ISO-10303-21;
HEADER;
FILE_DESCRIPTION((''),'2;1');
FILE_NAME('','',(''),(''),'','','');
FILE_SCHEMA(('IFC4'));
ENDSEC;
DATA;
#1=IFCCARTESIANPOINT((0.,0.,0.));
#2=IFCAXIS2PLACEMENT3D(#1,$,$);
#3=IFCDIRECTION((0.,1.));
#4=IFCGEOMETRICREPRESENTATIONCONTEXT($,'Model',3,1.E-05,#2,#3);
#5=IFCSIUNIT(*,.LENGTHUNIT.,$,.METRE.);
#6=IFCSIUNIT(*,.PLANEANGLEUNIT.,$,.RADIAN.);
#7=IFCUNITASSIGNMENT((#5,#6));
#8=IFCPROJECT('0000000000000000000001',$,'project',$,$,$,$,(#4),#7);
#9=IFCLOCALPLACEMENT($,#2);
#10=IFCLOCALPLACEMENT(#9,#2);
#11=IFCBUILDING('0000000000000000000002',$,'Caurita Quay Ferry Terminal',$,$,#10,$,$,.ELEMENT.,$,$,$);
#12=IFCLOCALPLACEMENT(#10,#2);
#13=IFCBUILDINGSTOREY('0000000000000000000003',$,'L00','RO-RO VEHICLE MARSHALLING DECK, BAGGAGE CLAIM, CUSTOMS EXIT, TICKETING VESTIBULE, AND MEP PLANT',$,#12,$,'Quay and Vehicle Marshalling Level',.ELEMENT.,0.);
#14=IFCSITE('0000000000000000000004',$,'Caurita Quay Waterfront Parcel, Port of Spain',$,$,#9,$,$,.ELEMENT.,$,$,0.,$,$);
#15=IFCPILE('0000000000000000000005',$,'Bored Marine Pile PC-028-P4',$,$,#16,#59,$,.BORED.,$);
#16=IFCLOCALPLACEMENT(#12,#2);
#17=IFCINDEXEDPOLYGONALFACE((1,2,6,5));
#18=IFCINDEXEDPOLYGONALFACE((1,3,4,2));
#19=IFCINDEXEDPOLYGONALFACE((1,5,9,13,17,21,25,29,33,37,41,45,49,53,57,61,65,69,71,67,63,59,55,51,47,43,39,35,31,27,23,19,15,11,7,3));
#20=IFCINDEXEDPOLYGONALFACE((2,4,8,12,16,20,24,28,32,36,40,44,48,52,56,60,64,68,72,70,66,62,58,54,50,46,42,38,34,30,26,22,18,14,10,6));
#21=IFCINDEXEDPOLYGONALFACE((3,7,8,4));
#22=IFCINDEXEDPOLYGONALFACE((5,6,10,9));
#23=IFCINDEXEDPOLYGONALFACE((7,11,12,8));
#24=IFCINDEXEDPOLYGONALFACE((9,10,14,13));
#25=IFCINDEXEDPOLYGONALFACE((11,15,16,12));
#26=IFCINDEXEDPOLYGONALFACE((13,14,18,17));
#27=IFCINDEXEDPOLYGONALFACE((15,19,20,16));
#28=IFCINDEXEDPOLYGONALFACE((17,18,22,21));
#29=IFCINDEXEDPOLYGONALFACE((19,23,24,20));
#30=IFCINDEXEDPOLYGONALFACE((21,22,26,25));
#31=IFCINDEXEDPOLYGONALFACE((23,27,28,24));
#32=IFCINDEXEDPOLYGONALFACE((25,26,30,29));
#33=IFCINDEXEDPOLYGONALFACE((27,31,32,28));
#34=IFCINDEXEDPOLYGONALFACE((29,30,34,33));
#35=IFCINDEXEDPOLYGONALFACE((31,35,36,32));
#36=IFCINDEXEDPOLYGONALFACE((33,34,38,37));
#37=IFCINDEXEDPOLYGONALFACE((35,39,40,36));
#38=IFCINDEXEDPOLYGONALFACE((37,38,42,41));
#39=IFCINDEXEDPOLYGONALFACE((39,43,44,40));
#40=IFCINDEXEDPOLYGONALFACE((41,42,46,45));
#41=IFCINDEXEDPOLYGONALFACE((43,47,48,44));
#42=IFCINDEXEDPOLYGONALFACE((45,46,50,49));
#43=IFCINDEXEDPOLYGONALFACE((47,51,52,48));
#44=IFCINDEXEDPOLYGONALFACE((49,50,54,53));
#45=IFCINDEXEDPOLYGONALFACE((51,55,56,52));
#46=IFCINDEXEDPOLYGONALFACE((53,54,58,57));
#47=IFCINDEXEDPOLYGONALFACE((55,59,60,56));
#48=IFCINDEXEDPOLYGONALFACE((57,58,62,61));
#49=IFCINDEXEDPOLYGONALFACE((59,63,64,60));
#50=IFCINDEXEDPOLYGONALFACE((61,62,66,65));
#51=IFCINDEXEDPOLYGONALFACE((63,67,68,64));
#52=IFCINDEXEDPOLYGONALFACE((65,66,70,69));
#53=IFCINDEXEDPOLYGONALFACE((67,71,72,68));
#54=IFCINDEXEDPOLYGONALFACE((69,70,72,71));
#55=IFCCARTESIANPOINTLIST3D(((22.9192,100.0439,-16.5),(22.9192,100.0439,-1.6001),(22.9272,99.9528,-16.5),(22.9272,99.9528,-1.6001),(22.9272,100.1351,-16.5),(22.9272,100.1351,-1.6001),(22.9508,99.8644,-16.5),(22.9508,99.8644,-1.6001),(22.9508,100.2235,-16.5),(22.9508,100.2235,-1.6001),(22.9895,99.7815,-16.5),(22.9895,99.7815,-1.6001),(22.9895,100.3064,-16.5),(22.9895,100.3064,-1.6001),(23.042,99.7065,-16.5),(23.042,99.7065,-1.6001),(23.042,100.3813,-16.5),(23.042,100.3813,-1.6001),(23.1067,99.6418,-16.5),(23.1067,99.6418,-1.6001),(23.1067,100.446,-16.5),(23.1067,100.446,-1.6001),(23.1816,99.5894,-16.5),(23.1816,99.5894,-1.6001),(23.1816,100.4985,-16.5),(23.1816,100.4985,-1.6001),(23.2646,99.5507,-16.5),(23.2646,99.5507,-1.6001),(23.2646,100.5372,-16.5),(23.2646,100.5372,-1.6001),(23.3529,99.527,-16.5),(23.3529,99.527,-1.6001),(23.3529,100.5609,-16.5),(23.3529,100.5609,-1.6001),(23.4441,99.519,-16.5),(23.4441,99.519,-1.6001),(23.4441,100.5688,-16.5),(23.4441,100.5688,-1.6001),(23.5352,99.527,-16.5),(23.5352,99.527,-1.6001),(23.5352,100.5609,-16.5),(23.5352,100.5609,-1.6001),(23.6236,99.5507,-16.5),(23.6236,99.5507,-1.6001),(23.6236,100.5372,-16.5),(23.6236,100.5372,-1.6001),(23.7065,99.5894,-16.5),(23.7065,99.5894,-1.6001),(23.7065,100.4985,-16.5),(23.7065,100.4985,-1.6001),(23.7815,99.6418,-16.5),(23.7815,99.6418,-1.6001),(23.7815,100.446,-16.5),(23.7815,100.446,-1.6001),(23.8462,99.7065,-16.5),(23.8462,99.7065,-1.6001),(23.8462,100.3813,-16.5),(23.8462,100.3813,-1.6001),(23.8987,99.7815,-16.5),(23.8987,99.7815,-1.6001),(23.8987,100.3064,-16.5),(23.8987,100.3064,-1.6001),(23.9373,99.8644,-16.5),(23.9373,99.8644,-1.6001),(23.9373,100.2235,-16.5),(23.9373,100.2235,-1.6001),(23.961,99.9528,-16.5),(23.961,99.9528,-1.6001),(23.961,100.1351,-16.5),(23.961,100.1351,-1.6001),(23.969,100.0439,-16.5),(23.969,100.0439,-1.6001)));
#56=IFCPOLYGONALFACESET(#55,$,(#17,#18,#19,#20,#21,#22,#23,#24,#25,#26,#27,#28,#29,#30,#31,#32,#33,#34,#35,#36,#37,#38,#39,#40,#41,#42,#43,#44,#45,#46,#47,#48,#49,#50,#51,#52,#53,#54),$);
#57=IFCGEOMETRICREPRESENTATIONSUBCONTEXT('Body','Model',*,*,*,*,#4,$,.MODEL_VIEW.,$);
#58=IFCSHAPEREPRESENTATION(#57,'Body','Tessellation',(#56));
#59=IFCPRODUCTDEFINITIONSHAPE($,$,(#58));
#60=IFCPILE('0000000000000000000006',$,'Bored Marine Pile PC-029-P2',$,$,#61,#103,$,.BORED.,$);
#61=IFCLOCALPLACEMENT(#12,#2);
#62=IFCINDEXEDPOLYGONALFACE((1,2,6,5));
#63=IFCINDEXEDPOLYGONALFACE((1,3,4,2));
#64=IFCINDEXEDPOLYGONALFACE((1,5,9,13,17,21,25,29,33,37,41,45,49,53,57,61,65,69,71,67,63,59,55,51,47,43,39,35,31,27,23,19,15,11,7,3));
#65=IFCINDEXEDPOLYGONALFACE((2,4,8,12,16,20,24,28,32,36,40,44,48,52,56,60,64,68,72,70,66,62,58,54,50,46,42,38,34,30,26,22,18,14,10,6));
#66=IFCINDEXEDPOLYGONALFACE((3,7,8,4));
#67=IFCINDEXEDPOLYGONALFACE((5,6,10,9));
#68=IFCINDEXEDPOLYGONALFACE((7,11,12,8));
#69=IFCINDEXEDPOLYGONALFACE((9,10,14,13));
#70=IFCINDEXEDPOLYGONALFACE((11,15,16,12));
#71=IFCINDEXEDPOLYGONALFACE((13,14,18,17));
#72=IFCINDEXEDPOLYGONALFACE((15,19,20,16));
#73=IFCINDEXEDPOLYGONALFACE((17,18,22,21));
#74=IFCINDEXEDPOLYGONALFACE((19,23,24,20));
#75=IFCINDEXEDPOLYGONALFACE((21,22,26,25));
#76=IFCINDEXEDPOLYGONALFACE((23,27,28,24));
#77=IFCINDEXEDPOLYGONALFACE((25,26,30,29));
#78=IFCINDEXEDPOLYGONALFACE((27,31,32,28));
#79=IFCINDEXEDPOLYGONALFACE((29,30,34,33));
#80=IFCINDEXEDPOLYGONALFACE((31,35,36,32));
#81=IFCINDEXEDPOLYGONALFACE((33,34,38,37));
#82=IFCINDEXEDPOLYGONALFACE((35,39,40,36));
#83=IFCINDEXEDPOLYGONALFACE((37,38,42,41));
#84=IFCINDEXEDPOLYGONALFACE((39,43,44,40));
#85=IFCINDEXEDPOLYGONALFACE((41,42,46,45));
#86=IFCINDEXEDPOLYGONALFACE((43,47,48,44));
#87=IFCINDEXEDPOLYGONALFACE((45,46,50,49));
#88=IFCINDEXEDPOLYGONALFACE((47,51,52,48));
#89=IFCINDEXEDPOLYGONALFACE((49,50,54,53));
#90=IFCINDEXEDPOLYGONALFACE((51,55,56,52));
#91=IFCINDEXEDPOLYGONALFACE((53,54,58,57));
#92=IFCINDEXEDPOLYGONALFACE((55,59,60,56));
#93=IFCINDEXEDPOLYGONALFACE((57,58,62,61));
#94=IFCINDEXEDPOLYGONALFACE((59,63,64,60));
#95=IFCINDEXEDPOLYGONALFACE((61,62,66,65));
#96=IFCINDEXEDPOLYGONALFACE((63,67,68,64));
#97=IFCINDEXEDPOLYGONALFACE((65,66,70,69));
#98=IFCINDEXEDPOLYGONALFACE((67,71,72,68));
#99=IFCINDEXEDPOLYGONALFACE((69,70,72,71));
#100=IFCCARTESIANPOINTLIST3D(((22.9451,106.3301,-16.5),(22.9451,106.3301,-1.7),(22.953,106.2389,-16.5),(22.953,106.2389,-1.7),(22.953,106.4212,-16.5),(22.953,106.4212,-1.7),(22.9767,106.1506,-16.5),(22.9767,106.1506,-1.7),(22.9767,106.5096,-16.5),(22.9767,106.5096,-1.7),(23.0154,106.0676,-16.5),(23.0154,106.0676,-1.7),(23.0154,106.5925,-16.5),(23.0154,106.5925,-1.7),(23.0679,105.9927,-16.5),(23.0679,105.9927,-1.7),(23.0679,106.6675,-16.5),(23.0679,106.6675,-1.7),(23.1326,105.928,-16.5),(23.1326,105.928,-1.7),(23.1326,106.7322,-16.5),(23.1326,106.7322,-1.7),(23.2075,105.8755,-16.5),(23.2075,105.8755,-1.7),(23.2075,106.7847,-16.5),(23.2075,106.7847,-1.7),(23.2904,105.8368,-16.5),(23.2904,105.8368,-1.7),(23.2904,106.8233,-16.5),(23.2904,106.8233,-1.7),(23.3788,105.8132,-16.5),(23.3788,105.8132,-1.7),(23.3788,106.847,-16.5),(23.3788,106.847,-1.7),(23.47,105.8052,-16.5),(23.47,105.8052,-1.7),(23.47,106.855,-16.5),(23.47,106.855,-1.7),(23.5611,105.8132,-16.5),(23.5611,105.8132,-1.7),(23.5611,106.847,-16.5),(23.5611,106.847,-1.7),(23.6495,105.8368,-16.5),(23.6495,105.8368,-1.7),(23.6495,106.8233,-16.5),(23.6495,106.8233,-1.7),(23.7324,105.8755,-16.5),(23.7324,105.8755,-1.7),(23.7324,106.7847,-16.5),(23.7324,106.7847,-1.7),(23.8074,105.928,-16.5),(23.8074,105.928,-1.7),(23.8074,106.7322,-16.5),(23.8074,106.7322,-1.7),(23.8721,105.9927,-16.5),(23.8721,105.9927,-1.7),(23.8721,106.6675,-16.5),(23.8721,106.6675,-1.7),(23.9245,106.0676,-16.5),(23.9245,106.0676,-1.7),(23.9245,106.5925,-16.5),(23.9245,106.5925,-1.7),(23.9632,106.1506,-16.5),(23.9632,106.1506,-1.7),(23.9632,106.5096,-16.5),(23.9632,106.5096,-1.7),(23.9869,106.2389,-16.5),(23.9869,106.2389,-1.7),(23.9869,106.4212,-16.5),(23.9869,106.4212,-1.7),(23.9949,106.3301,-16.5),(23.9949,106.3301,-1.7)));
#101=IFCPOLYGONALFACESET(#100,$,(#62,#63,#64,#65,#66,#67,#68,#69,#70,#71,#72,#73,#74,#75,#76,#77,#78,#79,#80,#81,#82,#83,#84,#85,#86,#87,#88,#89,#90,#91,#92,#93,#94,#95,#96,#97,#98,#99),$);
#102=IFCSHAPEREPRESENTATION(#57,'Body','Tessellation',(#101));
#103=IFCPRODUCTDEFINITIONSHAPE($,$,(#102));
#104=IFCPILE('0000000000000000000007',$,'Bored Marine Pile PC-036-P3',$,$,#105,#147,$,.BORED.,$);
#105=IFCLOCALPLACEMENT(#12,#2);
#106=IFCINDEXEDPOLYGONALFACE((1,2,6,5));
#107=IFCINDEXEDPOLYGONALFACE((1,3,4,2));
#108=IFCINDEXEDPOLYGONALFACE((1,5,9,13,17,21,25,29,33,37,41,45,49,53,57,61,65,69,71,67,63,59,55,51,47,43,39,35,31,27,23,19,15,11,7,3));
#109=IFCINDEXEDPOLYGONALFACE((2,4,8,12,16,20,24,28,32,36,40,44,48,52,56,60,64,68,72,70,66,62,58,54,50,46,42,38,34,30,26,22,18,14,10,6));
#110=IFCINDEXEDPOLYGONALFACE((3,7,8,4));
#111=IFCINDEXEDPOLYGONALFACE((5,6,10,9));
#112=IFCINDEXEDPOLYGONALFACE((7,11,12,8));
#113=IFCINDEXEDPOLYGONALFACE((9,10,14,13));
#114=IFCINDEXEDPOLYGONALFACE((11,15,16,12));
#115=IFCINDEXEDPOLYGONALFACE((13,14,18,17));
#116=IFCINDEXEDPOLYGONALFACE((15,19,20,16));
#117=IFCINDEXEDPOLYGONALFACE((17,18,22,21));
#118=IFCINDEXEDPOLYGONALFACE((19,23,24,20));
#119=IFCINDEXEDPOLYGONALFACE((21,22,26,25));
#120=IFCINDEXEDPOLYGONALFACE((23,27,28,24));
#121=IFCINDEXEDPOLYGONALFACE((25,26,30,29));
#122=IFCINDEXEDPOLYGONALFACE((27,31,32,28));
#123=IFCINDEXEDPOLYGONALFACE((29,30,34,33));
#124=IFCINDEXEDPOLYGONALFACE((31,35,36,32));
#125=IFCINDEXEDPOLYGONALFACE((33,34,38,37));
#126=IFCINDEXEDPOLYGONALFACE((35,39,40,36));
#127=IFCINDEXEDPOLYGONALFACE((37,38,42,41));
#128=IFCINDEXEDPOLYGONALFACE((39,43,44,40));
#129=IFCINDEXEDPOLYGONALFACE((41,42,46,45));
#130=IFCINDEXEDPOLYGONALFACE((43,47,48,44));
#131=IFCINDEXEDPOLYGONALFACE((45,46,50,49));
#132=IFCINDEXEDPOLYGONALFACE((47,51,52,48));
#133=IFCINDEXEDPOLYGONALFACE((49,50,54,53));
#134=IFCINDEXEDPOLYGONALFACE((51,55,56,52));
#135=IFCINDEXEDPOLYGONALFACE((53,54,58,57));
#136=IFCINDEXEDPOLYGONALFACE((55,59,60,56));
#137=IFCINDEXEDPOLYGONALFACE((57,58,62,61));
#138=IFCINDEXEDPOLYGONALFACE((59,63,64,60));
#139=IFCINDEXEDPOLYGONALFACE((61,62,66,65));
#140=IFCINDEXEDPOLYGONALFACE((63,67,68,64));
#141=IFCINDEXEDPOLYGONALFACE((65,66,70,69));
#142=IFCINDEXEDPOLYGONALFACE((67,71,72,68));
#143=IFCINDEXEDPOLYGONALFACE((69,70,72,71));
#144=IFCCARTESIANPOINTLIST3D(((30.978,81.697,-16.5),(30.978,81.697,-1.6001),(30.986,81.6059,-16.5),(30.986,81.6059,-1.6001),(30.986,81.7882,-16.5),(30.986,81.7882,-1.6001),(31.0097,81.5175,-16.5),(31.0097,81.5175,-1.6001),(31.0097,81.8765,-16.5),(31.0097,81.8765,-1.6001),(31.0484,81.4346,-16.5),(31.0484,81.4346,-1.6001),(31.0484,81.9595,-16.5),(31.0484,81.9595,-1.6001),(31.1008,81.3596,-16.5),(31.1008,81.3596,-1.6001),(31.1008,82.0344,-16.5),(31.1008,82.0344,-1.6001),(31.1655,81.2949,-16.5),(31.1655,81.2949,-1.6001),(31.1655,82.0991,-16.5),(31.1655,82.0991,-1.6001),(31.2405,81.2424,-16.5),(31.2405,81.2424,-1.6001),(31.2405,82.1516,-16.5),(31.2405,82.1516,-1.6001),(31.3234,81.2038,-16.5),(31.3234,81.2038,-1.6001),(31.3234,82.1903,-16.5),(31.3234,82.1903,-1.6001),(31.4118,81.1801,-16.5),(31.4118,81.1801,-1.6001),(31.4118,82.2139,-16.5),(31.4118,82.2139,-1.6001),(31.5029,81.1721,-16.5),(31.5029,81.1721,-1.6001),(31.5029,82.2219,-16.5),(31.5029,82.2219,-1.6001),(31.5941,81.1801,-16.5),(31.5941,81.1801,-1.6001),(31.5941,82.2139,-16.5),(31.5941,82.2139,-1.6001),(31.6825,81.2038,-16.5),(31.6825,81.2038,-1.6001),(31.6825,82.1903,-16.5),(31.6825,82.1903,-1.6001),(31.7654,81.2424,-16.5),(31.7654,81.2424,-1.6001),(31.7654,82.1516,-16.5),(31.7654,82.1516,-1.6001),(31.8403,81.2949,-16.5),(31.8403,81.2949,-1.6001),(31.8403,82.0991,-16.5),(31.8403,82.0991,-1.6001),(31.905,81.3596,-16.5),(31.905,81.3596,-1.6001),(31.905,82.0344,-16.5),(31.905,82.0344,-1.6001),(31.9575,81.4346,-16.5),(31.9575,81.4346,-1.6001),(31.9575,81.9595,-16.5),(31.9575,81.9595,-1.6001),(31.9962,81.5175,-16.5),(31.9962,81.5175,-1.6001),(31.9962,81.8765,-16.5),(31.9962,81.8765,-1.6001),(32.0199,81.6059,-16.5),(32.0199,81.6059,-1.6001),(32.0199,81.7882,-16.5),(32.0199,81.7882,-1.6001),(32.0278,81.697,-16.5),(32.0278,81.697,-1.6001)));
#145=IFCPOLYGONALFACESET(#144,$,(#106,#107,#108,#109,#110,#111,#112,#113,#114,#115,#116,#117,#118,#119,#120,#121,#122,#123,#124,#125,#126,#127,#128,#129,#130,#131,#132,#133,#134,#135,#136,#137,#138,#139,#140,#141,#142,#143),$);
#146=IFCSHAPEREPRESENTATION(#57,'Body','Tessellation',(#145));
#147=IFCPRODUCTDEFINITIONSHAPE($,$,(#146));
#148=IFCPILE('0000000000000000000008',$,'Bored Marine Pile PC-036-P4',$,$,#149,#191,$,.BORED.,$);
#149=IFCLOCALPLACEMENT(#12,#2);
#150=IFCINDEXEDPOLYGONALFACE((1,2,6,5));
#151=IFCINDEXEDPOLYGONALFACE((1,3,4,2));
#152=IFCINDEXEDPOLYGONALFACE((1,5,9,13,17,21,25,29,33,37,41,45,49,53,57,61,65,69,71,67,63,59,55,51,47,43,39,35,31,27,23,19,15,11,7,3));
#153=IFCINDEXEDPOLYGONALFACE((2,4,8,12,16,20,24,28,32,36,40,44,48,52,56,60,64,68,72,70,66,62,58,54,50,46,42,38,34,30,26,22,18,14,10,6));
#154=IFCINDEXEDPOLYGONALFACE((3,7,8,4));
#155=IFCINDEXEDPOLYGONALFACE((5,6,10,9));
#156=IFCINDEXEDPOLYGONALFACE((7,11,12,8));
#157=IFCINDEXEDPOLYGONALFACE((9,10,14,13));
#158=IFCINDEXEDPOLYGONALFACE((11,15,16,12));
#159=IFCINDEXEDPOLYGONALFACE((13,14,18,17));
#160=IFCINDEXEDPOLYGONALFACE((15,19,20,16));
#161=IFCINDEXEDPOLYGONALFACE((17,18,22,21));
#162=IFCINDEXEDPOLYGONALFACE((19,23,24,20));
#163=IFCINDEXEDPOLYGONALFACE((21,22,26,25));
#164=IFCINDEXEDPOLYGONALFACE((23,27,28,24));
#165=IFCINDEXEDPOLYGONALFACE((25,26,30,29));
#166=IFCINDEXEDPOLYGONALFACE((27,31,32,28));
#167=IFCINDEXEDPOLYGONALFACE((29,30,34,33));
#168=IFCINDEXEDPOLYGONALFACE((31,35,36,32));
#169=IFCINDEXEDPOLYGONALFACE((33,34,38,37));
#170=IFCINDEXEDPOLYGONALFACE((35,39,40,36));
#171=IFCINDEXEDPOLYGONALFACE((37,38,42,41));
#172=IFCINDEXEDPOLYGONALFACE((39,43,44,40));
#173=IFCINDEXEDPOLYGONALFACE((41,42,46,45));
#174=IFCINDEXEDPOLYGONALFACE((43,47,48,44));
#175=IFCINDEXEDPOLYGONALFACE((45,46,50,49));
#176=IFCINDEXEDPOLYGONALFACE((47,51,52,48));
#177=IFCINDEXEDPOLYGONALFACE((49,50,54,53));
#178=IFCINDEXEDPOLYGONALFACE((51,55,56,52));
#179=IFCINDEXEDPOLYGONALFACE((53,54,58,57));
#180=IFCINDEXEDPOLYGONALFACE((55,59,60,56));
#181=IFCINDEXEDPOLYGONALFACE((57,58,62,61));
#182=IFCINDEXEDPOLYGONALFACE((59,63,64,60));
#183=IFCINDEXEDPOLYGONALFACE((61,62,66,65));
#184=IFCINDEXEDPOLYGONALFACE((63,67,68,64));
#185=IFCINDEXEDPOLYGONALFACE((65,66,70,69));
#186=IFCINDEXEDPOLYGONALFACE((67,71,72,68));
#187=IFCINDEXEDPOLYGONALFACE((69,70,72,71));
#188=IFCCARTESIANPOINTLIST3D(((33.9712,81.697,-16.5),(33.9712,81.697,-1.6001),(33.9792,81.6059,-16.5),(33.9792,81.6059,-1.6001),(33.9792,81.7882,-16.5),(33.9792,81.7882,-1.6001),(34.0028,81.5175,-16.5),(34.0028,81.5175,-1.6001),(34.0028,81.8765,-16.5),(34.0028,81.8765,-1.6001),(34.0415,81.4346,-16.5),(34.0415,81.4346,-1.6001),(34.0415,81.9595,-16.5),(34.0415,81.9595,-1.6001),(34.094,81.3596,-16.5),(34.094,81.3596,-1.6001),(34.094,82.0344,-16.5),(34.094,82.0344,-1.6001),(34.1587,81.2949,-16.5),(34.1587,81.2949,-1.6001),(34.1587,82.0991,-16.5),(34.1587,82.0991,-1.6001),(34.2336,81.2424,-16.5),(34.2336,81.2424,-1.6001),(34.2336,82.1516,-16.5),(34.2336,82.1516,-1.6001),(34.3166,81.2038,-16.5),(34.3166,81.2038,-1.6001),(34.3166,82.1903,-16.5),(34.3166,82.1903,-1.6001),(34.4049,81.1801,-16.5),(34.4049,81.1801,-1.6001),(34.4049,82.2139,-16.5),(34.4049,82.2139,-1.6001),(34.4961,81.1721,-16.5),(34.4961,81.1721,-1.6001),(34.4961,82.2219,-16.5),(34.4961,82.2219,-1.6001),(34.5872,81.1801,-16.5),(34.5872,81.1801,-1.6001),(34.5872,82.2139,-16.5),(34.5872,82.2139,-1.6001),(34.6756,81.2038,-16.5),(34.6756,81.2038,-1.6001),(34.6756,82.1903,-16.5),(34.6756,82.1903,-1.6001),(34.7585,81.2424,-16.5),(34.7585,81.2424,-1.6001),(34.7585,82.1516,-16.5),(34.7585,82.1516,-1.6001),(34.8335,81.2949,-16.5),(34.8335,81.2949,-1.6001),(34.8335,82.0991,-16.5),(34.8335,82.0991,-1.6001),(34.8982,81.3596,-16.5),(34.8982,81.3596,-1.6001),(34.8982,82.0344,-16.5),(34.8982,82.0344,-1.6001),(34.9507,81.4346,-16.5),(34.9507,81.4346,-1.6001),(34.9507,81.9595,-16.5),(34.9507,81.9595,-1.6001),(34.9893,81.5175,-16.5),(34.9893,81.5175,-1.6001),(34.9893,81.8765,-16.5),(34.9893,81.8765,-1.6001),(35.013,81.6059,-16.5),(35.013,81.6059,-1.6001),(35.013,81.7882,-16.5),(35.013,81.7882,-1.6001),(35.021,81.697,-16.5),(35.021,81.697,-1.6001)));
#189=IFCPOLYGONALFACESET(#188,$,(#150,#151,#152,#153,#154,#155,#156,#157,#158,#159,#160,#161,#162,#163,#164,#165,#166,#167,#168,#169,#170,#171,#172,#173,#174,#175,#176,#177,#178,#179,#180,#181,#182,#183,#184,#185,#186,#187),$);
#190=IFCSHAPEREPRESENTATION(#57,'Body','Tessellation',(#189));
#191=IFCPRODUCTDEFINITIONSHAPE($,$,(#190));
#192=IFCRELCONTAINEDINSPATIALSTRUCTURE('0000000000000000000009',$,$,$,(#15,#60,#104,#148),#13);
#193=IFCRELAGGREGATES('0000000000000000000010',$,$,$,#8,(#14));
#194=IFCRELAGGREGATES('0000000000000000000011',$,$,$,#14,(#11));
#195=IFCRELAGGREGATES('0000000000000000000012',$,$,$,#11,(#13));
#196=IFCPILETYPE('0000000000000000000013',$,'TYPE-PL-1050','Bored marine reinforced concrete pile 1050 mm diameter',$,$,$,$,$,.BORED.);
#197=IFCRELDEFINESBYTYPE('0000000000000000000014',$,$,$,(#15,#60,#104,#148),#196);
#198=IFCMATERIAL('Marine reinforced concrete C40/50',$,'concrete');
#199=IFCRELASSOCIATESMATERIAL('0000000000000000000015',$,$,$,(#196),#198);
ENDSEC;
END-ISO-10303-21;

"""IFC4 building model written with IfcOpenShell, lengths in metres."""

from ifc_helpers import new_model, si_unit, direction, frame, origin, origin_2d, place, context, subcontext, project, spatial, circle, extrude, material, material_profile, profile_set, type_object, element, save


model = new_model("IFC4")

# Units and contexts
model_context = context("Model", 3, precision=1e-05, world=origin(), true_north=direction((0.0, 1.0)))
body_context = subcontext(model_context, "Body", "Model", "MODEL_VIEW")
ifc_project = project(units=[si_unit("LENGTHUNIT", "METRE"), si_unit("PLANEANGLEUNIT", "RADIAN")], contexts=[model_context])

# Site, building, storey
site_placement = place(None, origin())
site = spatial("IfcSite", under=ifc_project, at=site_placement, Name="Caurita Quay Waterfront Parcel, Port of Spain", CompositionType="ELEMENT", RefElevation=0.0)
building_placement = place(site_placement, origin())
building = spatial("IfcBuilding", under=site, at=building_placement, Name="Caurita Quay Ferry Terminal", CompositionType="ELEMENT")
storey_placement = place(building_placement, origin())
storey = spatial("IfcBuildingStorey", under=building, at=storey_placement, Name="L00", Description="RO-RO VEHICLE MARSHALLING DECK, BAGGAGE CLAIM, CUSTOMS EXIT, TICKETING VESTIBULE, AND MEP PLANT", LongName="Quay and Vehicle Marshalling Level", CompositionType="ELEMENT", Elevation=0.0)

# Piles
ifc_material_1 = material(Name="Marine reinforced concrete C40/50", Category="concrete")
ifc_material_profile_1 = material_profile(ifc_material_1, circle(Radius=0.5249, at=origin_2d()), Name="PILE-D1050")
ifc_profile_set_1 = profile_set([ifc_material_profile_1], Name="Marine reinforced concrete C40/50")
pile_type = type_object("IfcPileType", Name="TYPE-PL-1050", Description="Bored marine reinforced concrete pile 1050 mm diameter", PredefinedType="BORED", material=ifc_profile_set_1)
for number, where, z_axis, x_axis, name in (
    (1, (23.4441, 100.0439, -1.6001), (0.0, 0.0, -1.0), (1.0, 0.0, 0.0), "Bored Marine Pile PC-028-P4"),
):
    element("IfcPile", number, at=place(storey_placement, frame(where, z_axis=z_axis, x_axis=x_axis)), inside=storey, type_object=pile_type, Name=name, PredefinedType="BORED", context=body_context, shape_type="SweptSolid", body=[
        extrude(circle(Radius=0.5249, at=origin_2d()), origin(), (0.0, 0.0, 1.0), 14.8999),
    ])
pile_1_placement = place(storey_placement, frame((23.47, 106.3301, -1.7), z_axis=(0.0, 0.0, -1.0), x_axis=(1.0, 0.0, 0.0)))
element("IfcPile", 2, at=pile_1_placement, inside=storey, type_object=pile_type, Name="Bored Marine Pile PC-029-P2", PredefinedType="BORED", context=body_context, shape_type="SweptSolid", body=[
    extrude(circle(Radius=0.5249, at=origin_2d()), origin(), (0.0, 0.0, 1.0), 14.8),
])
for number, where, z_axis, x_axis, name in (
    (3, (31.5029, 81.697, -1.6001), (0.0, 0.0, -1.0), (1.0, 0.0, 0.0), "Bored Marine Pile PC-036-P3"),
    (4, (34.4961, 81.697, -1.6001), (0.0, 0.0, -1.0), (1.0, 0.0, 0.0), "Bored Marine Pile PC-036-P4"),
):
    element("IfcPile", number, at=place(storey_placement, frame(where, z_axis=z_axis, x_axis=x_axis)), inside=storey, type_object=pile_type, Name=name, PredefinedType="BORED", context=body_context, shape_type="SweptSolid", body=[
        extrude(circle(Radius=0.5249, at=origin_2d()), origin(), (0.0, 0.0, 1.0), 14.8999),
    ])

save(model, "model.ifc")
